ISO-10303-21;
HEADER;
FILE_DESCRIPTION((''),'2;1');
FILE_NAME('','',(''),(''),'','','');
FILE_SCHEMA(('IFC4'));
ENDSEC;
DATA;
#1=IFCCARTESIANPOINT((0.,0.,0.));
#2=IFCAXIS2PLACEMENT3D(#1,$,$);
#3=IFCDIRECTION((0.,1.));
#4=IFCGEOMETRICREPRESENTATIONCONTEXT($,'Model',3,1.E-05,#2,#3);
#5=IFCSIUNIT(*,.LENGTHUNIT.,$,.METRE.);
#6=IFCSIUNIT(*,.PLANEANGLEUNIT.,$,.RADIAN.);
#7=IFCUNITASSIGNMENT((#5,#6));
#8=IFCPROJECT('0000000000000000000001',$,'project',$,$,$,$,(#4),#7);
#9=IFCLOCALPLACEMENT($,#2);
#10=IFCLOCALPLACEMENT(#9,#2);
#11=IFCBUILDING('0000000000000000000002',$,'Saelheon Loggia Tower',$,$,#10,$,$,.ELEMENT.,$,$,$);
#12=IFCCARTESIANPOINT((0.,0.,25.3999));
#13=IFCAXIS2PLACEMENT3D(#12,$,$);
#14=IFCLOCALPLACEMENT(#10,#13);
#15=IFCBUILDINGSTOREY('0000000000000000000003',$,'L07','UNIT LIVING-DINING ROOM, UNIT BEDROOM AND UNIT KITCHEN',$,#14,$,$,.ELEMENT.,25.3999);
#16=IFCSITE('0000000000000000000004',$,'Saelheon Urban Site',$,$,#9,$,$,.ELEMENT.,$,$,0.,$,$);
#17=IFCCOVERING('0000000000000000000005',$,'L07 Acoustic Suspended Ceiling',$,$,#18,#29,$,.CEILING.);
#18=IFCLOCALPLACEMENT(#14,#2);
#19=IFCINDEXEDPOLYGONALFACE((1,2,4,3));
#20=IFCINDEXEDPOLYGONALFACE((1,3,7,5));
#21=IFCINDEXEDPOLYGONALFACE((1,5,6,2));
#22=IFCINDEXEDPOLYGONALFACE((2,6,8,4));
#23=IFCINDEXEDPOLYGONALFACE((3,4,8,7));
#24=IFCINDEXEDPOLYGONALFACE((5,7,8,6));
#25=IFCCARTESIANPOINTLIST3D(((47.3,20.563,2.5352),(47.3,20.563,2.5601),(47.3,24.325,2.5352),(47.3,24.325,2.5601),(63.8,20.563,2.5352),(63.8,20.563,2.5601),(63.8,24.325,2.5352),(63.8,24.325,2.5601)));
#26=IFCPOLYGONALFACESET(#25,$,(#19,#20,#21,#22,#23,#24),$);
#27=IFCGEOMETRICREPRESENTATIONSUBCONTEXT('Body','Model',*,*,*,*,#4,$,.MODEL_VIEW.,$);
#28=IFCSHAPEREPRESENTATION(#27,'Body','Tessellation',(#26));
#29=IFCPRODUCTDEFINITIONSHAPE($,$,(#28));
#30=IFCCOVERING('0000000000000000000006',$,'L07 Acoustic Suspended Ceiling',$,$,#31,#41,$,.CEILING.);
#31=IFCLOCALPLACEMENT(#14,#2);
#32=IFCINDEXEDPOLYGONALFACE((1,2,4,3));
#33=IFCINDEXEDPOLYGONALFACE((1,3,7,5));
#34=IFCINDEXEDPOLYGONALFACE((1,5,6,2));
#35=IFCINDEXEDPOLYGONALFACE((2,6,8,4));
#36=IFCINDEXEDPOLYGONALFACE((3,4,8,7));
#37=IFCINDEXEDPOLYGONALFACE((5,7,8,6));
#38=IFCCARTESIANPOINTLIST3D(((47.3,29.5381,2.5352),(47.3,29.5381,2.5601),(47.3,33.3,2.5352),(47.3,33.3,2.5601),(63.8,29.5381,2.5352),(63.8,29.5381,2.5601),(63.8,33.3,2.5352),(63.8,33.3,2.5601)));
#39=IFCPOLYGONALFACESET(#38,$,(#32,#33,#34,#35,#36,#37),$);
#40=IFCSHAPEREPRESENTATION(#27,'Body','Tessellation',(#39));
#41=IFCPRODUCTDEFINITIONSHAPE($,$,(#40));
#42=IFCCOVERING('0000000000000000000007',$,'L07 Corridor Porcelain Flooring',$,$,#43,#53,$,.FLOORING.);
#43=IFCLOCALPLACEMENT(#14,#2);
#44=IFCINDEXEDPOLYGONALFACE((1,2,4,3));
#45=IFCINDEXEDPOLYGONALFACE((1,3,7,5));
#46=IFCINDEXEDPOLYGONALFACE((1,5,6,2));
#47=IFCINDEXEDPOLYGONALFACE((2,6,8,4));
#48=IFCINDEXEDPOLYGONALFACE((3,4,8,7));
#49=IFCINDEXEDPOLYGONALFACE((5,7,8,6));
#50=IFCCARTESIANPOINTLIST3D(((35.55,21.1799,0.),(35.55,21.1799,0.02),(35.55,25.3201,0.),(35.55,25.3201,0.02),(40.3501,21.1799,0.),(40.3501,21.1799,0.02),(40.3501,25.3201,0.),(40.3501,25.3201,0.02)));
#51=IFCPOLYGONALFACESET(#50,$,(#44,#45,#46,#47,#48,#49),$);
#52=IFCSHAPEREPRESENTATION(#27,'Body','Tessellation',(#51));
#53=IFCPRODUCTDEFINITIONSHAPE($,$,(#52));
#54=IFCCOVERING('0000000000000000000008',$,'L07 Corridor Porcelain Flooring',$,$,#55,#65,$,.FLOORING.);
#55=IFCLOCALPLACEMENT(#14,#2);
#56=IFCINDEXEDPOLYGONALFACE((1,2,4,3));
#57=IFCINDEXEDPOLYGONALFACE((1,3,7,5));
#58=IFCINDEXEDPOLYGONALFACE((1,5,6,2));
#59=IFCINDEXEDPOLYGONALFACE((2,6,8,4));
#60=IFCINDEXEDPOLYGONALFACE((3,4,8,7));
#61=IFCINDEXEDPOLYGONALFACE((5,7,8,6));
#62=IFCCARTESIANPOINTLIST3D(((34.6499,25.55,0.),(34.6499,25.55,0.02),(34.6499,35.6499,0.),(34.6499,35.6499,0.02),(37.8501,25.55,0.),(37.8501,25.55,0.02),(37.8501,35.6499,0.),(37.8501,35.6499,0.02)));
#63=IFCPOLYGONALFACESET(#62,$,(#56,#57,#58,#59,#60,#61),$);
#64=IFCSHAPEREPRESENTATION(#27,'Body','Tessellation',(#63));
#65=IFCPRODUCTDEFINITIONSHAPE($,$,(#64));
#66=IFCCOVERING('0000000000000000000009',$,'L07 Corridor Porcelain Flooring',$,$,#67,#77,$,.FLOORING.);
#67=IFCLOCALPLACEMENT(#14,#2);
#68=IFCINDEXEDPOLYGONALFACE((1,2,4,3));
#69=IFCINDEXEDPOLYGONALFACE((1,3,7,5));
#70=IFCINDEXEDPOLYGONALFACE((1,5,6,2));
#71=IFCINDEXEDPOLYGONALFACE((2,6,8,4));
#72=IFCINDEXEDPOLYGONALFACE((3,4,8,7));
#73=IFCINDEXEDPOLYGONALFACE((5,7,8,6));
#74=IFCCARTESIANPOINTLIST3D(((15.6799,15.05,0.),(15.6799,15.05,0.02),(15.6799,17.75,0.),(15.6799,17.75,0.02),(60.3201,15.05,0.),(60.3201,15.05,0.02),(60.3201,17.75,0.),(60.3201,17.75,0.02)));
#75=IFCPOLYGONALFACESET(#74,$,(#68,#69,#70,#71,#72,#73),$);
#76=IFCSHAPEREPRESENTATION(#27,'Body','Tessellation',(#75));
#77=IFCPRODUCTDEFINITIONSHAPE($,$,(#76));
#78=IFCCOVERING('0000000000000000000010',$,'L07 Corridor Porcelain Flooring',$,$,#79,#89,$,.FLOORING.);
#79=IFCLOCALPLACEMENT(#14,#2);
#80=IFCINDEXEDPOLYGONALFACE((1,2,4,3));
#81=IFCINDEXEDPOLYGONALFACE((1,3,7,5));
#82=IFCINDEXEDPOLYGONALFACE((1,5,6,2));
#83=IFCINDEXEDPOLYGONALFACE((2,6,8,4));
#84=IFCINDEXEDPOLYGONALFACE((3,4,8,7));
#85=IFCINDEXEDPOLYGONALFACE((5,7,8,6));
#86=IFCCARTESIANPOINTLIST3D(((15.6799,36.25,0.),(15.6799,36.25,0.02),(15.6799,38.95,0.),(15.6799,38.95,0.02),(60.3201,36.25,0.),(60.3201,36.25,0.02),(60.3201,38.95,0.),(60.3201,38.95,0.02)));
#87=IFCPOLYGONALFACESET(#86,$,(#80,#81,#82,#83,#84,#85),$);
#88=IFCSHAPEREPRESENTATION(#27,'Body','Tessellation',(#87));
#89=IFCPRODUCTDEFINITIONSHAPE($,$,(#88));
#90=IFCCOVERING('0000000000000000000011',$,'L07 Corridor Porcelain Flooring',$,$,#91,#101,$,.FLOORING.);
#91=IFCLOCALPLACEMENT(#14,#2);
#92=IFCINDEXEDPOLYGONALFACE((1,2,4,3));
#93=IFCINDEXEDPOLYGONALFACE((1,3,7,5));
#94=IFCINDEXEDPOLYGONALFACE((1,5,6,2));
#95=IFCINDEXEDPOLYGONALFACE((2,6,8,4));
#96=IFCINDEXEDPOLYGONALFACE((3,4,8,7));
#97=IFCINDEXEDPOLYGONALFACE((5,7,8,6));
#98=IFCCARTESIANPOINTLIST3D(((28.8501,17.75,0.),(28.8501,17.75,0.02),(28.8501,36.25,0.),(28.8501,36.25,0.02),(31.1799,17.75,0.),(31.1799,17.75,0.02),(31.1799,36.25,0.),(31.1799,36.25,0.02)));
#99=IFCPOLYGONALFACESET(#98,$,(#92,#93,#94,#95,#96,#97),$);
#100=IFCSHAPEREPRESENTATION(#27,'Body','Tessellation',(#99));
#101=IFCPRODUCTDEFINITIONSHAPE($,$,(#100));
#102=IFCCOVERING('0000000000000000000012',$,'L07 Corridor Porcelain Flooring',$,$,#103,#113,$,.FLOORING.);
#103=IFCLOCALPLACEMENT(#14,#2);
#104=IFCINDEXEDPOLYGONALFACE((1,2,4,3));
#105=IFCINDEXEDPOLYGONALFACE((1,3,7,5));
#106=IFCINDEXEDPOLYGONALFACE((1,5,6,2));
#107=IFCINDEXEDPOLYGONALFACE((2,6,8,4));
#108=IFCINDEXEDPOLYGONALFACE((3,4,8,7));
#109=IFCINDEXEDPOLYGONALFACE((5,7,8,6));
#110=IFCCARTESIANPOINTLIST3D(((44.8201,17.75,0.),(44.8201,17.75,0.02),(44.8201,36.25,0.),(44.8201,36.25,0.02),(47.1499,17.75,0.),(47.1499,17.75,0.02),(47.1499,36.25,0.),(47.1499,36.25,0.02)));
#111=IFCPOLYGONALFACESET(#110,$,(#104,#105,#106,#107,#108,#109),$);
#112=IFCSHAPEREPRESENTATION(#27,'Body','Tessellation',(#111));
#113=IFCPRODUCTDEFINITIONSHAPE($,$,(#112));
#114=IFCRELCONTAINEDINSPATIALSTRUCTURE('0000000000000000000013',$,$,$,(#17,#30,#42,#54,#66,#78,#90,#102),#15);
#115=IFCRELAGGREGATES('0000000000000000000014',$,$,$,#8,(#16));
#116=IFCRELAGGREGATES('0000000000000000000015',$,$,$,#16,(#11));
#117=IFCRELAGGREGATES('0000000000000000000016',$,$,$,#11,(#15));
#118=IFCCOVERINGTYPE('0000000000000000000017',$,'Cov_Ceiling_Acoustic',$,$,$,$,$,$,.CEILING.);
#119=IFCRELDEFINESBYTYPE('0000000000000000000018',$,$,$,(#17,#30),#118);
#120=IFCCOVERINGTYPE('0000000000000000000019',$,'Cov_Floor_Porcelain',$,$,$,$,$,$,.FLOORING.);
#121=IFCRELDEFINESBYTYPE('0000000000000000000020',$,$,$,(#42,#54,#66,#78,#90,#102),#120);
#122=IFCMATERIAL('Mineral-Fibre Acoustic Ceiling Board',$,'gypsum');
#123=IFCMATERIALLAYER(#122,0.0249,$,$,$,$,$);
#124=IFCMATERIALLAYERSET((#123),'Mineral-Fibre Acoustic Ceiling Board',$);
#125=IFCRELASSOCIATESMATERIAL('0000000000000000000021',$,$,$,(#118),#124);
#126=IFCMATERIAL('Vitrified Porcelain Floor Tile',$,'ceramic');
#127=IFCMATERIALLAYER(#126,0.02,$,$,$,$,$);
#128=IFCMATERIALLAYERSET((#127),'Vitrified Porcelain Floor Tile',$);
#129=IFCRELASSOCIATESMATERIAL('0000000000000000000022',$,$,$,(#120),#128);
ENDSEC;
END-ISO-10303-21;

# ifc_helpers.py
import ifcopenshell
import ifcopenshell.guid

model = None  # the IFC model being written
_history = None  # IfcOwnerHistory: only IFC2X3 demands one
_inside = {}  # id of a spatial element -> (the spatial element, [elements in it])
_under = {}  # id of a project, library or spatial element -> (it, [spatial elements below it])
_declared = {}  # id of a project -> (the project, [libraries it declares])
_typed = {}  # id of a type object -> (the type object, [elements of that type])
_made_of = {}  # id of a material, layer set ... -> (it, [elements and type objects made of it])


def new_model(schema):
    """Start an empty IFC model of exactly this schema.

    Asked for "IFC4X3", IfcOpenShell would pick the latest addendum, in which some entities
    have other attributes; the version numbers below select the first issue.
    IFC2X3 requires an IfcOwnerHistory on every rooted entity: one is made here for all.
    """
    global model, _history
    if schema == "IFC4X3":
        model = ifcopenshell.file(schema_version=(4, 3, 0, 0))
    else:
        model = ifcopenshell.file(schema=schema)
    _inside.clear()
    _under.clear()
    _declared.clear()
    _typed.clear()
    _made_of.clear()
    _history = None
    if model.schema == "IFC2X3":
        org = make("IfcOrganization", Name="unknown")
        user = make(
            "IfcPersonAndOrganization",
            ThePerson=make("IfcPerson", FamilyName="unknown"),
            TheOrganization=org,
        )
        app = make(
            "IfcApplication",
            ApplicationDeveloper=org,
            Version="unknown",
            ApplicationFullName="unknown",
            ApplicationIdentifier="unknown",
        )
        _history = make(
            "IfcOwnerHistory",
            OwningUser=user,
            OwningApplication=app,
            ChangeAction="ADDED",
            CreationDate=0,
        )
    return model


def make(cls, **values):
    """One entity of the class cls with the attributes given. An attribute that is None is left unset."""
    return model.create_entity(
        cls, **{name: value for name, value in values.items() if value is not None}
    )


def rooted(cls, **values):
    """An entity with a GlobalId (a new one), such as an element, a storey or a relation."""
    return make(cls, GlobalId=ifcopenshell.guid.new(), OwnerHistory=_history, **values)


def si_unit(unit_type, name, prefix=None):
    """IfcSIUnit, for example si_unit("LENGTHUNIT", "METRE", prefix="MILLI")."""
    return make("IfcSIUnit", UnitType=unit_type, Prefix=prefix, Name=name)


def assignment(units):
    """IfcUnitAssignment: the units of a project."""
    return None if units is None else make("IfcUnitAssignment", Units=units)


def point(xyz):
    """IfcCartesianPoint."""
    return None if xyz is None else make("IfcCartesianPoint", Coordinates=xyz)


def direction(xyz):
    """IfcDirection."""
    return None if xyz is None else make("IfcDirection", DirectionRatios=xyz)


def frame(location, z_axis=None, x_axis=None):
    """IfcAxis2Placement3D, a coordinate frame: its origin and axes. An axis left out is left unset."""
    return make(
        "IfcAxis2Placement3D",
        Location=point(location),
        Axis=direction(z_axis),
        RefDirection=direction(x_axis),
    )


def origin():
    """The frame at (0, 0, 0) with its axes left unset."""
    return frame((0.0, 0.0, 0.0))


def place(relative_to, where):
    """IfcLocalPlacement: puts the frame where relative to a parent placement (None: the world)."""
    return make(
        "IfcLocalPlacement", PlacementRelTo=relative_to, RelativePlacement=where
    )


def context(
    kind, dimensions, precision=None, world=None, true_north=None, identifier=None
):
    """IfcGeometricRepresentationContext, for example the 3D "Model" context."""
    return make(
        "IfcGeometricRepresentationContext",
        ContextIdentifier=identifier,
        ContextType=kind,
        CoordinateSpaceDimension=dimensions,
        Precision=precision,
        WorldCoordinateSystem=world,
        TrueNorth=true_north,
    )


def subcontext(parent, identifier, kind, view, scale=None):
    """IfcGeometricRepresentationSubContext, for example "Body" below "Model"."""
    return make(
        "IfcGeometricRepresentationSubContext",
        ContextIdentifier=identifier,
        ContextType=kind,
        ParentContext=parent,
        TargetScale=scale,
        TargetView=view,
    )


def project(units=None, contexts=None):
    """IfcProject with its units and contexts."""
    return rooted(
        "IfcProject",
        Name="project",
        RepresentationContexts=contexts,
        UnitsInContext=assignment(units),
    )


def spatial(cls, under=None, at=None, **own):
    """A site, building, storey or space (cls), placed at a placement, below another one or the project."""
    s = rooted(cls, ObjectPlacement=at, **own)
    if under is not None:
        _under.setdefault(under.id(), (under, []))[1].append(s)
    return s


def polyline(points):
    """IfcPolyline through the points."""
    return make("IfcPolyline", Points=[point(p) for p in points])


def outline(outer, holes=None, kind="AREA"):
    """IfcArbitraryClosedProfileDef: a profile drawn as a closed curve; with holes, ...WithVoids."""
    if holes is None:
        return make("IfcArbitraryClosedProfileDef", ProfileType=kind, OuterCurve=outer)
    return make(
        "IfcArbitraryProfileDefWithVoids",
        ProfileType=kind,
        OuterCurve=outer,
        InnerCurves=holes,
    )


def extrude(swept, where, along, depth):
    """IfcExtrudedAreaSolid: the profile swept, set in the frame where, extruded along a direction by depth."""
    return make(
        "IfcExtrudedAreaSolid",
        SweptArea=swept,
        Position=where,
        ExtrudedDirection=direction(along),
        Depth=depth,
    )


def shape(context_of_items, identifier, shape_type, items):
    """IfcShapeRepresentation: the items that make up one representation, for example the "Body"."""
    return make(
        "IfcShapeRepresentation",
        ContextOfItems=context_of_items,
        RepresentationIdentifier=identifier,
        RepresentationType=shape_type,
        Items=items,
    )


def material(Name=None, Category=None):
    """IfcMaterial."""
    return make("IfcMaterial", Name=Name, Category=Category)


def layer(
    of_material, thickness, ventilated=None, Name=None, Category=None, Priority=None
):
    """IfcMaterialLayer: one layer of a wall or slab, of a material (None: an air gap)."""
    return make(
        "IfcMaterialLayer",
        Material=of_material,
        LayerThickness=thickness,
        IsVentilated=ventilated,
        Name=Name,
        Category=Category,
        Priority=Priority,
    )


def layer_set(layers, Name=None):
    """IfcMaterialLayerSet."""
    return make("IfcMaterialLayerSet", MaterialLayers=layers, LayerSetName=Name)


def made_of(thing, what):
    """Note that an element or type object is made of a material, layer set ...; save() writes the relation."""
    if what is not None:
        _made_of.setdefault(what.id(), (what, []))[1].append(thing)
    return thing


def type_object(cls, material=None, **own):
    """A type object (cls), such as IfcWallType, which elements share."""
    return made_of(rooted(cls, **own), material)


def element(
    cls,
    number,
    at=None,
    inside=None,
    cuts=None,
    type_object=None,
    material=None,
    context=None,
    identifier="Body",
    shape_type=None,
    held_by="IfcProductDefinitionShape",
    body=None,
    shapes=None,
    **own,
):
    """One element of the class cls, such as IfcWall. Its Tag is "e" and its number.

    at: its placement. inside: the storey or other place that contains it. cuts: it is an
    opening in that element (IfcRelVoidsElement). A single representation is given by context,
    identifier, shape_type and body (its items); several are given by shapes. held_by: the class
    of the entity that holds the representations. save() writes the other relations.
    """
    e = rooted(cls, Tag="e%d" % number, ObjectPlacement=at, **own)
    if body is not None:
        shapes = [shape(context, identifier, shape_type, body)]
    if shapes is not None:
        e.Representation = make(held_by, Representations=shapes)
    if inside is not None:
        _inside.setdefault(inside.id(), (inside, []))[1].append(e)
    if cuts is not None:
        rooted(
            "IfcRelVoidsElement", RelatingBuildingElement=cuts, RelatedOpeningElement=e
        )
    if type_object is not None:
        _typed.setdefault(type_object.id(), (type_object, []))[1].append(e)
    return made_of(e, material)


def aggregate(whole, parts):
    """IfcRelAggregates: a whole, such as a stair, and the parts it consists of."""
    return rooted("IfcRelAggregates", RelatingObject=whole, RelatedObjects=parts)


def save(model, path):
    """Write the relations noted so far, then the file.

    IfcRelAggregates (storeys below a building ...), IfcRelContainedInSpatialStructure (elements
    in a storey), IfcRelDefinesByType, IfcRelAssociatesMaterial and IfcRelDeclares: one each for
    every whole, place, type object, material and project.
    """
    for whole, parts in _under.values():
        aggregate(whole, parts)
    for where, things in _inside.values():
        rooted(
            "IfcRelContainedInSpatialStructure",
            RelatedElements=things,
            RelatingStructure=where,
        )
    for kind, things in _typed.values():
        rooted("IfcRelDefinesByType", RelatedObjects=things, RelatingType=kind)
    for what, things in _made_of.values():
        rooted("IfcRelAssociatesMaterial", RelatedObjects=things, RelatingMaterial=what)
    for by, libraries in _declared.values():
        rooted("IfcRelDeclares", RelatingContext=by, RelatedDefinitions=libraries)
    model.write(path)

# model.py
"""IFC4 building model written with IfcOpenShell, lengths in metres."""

from ifc_helpers import new_model, si_unit, direction, frame, origin, place, context, subcontext, project, spatial, polyline, outline, extrude, material, layer, layer_set, type_object, element, save


model = new_model("IFC4")

# Units and contexts
model_context = context("Model", 3, precision=1e-05, world=origin(), true_north=direction((0.0, 1.0)))
body_context = subcontext(model_context, "Body", "Model", "MODEL_VIEW")
ifc_project = project(units=[si_unit("LENGTHUNIT", "METRE"), si_unit("PLANEANGLEUNIT", "RADIAN")], contexts=[model_context])

# Site, building, storey
site_placement = place(None, origin())
site = spatial("IfcSite", under=ifc_project, at=site_placement, Name="Saelheon Urban Site", CompositionType="ELEMENT", RefElevation=0.0)
building_placement = place(site_placement, origin())
building = spatial("IfcBuilding", under=site, at=building_placement, Name="Saelheon Loggia Tower", CompositionType="ELEMENT")
storey_placement = place(building_placement, frame((0.0, 0.0, 25.3999)))
storey = spatial("IfcBuildingStorey", under=building, at=storey_placement, Name="L07", Description="UNIT LIVING-DINING ROOM, UNIT BEDROOM AND UNIT KITCHEN", CompositionType="ELEMENT", Elevation=25.3999)

# Coverings
ifc_material_1 = material(Name="Mineral-Fibre Acoustic Ceiling Board", Category="gypsum")
ifc_layer_1 = layer(ifc_material_1, 0.0249)
ifc_layer_set_1 = layer_set([ifc_layer_1], Name="Mineral-Fibre Acoustic Ceiling Board")
covering_type_1 = type_object("IfcCoveringType", Name="Cov_Ceiling_Acoustic", PredefinedType="CEILING", material=ifc_layer_set_1)
covering_1_placement = place(storey_placement, frame((0.0, 0.0, 2.5352)))
element("IfcCovering", 1, at=covering_1_placement, inside=storey, type_object=covering_type_1, Name="L07 Acoustic Suspended Ceiling", PredefinedType="CEILING", context=body_context, shape_type="SweptSolid", body=[
    extrude(outline(polyline([(47.3, 20.563), (63.8, 20.563), (63.8, 24.325), (47.3, 24.325), (47.3, 20.563)])), origin(), (0.0, 0.0, 1.0), 0.0249),
])
covering_2_placement = place(storey_placement, frame((0.0, 0.0, 2.5352)))
element("IfcCovering", 2, at=covering_2_placement, inside=storey, type_object=covering_type_1, Name="L07 Acoustic Suspended Ceiling", PredefinedType="CEILING", context=body_context, shape_type="SweptSolid", body=[
    extrude(outline(polyline([(47.3, 29.5381), (63.8, 29.5381), (63.8, 33.3), (47.3, 33.3), (47.3, 29.5381)])), origin(), (0.0, 0.0, 1.0), 0.0249),
])
ifc_material_2 = material(Name="Vitrified Porcelain Floor Tile", Category="ceramic")
ifc_layer_2 = layer(ifc_material_2, 0.02)
ifc_layer_set_2 = layer_set([ifc_layer_2], Name="Vitrified Porcelain Floor Tile")
covering_type_2 = type_object("IfcCoveringType", Name="Cov_Floor_Porcelain", PredefinedType="FLOORING", material=ifc_layer_set_2)
covering_3_placement = place(storey_placement, origin())
element("IfcCovering", 3, at=covering_3_placement, inside=storey, type_object=covering_type_2, Name="L07 Corridor Porcelain Flooring", PredefinedType="FLOORING", context=body_context, shape_type="SweptSolid", body=[
    extrude(outline(polyline([(35.55, 21.1799), (40.3501, 21.1799), (40.3501, 25.3201), (35.55, 25.3201), (35.55, 21.1799)])), origin(), (0.0, 0.0, 1.0), 0.02),
])
covering_4_placement = place(storey_placement, origin())
element("IfcCovering", 4, at=covering_4_placement, inside=storey, type_object=covering_type_2, Name="L07 Corridor Porcelain Flooring", PredefinedType="FLOORING", context=body_context, shape_type="SweptSolid", body=[
    extrude(outline(polyline([(34.6499, 25.55), (37.8501, 25.55), (37.8501, 35.6499), (34.6499, 35.6499), (34.6499, 25.55)])), origin(), (0.0, 0.0, 1.0), 0.02),
])
covering_5_placement = place(storey_placement, origin())
element("IfcCovering", 5, at=covering_5_placement, inside=storey, type_object=covering_type_2, Name="L07 Corridor Porcelain Flooring", PredefinedType="FLOORING", context=body_context, shape_type="SweptSolid", body=[
    extrude(outline(polyline([(15.6799, 15.05), (60.3201, 15.05), (60.3201, 17.75), (15.6799, 17.75), (15.6799, 15.05)])), origin(), (0.0, 0.0, 1.0), 0.02),
])
covering_6_placement = place(storey_placement, origin())
element("IfcCovering", 6, at=covering_6_placement, inside=storey, type_object=covering_type_2, Name="L07 Corridor Porcelain Flooring", PredefinedType="FLOORING", context=body_context, shape_type="SweptSolid", body=[
    extrude(outline(polyline([(15.6799, 36.25), (60.3201, 36.25), (60.3201, 38.95), (15.6799, 38.95), (15.6799, 36.25)])), origin(), (0.0, 0.0, 1.0), 0.02),
])
covering_7_placement = place(storey_placement, origin())
element("IfcCovering", 7, at=covering_7_placement, inside=storey, type_object=covering_type_2, Name="L07 Corridor Porcelain Flooring", PredefinedType="FLOORING", context=body_context, shape_type="SweptSolid", body=[
    extrude(outline(polyline([(28.8501, 17.75), (31.1799, 17.75), (31.1799, 36.25), (28.8501, 36.25), (28.8501, 17.75)])), origin(), (0.0, 0.0, 1.0), 0.02),
])
covering_8_placement = place(storey_placement, origin())
element("IfcCovering", 8, at=covering_8_placement, inside=storey, type_object=covering_type_2, Name="L07 Corridor Porcelain Flooring", PredefinedType="FLOORING", context=body_context, shape_type="SweptSolid", body=[
    extrude(outline(polyline([(44.8201, 17.75), (47.1499, 17.75), (47.1499, 36.25), (44.8201, 36.25), (44.8201, 17.75)])), origin(), (0.0, 0.0, 1.0), 0.02),
])

save(model, "model.ifc")
